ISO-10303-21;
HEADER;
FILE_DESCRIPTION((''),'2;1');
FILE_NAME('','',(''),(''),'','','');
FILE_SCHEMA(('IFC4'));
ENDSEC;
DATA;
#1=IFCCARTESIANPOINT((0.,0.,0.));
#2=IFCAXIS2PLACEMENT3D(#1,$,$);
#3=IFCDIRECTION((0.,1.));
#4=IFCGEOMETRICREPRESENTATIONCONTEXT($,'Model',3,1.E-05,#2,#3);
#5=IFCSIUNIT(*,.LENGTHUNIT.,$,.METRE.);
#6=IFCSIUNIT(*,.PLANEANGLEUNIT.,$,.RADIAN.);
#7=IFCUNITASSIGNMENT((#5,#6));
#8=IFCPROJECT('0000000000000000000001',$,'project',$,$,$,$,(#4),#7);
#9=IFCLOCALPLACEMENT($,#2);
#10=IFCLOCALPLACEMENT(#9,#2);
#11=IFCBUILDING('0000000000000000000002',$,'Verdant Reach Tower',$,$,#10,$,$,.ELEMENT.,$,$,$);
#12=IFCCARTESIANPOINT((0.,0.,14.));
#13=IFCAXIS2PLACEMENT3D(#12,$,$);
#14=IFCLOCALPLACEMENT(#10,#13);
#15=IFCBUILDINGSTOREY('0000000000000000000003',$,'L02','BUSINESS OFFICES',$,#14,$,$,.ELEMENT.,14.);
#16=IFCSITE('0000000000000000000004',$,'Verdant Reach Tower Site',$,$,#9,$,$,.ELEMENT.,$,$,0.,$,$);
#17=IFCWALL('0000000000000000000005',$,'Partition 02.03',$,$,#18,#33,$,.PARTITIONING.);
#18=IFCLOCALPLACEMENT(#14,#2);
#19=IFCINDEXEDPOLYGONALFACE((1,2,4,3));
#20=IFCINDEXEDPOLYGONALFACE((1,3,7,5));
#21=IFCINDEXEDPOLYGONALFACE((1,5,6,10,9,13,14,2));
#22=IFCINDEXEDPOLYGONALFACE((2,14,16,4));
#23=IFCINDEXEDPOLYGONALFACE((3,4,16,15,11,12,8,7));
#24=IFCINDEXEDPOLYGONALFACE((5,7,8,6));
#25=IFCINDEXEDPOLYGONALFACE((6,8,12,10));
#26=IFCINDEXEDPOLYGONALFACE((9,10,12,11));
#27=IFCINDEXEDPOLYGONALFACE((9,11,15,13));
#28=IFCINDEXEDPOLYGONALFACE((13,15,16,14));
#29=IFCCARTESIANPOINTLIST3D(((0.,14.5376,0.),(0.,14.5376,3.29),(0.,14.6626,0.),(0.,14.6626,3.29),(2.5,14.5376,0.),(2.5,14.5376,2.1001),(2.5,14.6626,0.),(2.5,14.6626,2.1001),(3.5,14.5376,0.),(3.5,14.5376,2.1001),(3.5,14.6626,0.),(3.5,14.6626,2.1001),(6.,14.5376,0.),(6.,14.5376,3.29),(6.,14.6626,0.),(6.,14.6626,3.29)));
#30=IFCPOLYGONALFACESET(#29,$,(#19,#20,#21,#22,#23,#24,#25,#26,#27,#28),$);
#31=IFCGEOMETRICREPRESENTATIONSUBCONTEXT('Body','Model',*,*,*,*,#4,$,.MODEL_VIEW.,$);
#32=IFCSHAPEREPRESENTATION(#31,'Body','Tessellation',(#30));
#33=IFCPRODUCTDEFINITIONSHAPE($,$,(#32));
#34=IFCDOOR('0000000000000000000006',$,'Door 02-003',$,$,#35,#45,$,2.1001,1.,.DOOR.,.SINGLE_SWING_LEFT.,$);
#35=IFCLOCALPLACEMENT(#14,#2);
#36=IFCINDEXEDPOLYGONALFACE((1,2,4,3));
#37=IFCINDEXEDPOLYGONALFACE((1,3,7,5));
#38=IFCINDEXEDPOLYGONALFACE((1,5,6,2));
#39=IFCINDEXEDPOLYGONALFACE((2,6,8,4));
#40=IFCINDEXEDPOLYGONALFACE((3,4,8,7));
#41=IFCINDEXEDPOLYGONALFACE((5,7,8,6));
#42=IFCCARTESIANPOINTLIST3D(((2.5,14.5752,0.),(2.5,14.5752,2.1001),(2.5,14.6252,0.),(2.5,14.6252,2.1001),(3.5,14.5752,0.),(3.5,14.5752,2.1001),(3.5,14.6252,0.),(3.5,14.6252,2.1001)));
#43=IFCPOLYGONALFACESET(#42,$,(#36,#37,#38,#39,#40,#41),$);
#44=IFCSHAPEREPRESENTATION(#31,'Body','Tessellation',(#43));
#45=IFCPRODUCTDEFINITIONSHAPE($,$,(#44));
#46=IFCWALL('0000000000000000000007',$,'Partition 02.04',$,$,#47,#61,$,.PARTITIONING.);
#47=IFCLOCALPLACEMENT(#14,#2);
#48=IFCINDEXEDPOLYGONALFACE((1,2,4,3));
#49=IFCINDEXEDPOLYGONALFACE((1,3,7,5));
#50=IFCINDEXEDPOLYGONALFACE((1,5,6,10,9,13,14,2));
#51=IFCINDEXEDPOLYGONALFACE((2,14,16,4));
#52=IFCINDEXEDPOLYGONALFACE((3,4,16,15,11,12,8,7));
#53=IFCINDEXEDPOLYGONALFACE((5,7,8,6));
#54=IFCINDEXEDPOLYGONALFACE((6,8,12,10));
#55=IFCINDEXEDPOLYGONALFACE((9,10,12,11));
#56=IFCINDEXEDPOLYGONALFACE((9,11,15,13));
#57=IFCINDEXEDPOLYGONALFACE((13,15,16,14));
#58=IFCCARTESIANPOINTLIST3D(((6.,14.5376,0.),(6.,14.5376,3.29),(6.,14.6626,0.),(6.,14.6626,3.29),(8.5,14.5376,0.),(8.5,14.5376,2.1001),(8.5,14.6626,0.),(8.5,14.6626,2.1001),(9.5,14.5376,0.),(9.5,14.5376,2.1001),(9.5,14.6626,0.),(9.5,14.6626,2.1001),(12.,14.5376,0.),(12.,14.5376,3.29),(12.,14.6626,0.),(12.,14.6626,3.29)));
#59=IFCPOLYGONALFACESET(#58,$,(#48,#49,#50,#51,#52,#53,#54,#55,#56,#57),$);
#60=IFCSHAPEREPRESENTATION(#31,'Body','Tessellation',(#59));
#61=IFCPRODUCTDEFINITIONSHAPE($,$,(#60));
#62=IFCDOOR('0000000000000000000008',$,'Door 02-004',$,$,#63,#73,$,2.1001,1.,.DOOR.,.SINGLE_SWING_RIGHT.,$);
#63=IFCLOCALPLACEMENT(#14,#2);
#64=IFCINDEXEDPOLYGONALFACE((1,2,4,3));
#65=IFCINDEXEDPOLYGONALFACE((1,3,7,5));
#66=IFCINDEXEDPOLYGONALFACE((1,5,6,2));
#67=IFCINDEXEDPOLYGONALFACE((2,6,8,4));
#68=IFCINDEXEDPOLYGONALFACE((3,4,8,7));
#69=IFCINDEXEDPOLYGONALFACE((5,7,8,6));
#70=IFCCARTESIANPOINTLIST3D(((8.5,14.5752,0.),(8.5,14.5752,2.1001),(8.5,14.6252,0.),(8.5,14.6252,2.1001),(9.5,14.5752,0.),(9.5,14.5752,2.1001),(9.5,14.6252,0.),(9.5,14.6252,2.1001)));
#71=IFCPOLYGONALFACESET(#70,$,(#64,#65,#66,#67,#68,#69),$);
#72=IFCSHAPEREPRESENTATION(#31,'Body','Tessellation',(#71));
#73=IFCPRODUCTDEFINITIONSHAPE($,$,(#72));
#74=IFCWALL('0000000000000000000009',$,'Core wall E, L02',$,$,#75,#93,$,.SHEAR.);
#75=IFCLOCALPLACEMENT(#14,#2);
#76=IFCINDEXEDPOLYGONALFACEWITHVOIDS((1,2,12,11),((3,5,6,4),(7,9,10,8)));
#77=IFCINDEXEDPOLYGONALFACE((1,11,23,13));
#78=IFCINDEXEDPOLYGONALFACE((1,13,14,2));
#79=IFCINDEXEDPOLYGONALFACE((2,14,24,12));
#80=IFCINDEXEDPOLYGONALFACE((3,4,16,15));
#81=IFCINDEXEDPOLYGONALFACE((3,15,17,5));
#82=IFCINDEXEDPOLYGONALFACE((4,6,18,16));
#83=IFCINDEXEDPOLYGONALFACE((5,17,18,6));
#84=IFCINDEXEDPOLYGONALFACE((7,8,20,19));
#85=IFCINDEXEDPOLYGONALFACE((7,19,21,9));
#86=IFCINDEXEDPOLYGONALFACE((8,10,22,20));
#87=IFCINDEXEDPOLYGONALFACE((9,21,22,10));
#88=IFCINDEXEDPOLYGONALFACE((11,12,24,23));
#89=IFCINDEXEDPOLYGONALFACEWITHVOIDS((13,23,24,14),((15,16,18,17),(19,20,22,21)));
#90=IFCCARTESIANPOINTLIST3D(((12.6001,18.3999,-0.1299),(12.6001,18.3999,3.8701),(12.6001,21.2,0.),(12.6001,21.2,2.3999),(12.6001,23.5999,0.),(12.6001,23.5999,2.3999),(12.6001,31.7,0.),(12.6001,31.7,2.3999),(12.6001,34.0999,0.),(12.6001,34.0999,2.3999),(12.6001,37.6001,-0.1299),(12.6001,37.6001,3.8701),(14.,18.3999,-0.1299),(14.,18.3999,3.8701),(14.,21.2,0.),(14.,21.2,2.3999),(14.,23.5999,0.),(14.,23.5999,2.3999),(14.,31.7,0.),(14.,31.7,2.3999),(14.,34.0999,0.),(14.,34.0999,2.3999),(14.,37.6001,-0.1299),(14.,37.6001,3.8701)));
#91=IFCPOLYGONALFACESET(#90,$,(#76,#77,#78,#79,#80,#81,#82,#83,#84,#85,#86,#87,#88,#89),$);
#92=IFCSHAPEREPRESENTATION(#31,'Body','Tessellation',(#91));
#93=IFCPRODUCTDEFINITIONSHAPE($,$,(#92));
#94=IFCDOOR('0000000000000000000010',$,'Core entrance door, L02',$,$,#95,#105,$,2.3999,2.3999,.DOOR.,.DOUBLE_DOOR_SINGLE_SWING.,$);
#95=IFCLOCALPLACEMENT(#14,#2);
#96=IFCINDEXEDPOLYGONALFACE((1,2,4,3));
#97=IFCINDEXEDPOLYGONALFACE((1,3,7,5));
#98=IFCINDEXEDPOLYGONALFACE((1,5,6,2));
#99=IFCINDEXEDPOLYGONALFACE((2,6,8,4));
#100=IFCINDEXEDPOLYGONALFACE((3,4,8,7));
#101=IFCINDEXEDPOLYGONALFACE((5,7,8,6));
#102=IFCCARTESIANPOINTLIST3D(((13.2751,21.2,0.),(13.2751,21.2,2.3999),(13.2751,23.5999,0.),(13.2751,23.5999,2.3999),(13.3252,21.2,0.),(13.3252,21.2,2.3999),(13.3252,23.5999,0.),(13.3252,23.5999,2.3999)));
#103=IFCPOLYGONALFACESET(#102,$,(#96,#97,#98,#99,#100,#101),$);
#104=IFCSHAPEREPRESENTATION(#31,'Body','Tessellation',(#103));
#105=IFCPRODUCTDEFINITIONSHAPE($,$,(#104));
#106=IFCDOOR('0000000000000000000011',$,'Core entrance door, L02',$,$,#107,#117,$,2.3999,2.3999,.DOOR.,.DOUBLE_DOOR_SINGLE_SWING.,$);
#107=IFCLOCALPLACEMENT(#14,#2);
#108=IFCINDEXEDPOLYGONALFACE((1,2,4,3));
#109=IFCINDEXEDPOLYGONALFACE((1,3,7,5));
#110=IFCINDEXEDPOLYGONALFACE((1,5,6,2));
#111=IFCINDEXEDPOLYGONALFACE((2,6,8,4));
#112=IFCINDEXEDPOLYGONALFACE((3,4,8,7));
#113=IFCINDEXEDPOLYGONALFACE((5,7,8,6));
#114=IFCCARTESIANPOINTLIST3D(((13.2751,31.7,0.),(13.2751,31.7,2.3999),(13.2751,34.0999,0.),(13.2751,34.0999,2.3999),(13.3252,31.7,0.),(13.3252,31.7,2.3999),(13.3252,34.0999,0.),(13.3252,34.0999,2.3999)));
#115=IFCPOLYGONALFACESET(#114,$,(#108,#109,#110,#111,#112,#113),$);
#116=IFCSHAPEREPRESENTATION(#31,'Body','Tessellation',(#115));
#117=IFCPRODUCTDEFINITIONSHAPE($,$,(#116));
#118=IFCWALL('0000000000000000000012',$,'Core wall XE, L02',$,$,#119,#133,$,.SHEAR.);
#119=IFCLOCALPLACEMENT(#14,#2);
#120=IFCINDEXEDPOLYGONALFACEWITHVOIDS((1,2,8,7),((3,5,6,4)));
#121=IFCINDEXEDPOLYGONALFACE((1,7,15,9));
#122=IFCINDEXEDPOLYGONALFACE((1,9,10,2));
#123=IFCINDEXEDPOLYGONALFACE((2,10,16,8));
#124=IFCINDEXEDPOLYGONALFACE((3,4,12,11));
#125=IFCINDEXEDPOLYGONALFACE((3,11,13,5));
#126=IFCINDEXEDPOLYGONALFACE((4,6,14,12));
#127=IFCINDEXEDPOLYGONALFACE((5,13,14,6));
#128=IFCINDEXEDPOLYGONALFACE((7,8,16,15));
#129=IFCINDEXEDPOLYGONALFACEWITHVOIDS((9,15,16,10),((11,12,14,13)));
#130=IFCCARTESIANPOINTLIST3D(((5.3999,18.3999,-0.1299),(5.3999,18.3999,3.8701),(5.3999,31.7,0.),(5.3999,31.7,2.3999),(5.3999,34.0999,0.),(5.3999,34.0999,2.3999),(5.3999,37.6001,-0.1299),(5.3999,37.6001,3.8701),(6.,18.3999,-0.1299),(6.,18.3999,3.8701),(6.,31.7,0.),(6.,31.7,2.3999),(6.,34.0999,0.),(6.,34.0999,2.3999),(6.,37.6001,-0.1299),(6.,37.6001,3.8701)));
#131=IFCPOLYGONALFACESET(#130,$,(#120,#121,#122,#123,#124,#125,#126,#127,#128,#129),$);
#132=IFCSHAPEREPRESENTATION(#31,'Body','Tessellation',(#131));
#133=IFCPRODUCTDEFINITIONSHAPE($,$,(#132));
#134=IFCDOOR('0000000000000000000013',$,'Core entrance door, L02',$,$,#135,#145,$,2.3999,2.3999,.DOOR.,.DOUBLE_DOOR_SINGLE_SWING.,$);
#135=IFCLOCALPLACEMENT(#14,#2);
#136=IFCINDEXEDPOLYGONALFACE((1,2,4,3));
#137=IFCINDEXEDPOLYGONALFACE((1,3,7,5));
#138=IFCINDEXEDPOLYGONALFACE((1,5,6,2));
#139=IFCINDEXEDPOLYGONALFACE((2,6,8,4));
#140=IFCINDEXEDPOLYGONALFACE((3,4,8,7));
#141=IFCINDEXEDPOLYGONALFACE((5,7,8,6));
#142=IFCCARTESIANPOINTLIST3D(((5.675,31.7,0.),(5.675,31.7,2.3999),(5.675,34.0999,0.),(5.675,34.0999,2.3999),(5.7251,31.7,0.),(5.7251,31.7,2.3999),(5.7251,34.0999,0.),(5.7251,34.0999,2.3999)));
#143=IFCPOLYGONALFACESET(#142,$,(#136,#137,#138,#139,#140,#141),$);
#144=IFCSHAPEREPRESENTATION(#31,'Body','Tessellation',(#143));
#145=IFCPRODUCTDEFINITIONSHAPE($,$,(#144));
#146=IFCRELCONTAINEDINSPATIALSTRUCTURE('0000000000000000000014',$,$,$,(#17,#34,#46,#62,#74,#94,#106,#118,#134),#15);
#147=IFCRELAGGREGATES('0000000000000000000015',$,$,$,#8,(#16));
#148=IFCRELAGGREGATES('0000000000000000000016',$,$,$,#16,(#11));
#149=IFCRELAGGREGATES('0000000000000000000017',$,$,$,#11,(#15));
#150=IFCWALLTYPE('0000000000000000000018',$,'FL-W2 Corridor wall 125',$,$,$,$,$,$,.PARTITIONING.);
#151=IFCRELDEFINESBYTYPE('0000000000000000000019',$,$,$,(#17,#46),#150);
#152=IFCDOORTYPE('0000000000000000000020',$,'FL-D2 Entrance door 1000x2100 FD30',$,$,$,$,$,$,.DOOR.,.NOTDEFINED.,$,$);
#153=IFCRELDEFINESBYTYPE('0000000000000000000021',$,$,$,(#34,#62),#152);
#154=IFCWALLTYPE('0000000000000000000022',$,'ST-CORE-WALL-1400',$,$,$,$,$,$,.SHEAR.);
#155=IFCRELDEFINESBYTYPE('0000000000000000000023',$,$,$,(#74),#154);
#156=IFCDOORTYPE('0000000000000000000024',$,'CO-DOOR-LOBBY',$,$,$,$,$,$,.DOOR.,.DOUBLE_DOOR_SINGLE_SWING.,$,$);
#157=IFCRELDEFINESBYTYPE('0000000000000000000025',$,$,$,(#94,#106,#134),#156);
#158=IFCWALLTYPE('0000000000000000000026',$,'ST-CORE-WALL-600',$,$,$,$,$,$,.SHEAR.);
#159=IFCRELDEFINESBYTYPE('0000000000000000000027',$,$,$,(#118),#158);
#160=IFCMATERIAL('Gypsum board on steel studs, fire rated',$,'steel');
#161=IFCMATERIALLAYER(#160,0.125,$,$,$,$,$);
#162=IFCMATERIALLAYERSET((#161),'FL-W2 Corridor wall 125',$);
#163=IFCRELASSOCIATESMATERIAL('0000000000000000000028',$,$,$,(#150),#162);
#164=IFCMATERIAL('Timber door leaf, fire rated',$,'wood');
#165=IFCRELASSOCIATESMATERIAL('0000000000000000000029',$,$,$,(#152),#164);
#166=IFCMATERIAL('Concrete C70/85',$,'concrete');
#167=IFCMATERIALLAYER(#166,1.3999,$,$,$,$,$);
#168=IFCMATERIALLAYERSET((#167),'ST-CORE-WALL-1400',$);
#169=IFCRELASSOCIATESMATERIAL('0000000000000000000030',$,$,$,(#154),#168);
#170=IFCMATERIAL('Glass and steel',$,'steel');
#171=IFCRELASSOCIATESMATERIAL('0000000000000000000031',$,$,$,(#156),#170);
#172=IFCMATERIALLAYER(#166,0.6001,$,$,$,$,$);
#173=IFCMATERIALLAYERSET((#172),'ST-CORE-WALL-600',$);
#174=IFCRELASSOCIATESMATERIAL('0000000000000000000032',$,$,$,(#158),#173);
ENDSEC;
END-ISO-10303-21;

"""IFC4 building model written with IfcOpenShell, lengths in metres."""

from ifc_helpers import new_model, si_unit, direction, frame, frame_2d, origin, place, context, subcontext, project, spatial, rectangle, extrude, material, layer, layer_set, type_object, element, fill, save


model = new_model("IFC4")

# Units and contexts
model_context = context("Model", 3, precision=1e-05, world=origin(), true_north=direction((0.0, 1.0)))
body_context = subcontext(model_context, "Body", "Model", "MODEL_VIEW")
ifc_project = project(units=[si_unit("LENGTHUNIT", "METRE"), si_unit("PLANEANGLEUNIT", "RADIAN")], contexts=[model_context])

# Site, building, storey
site_placement = place(None, origin())
site = spatial("IfcSite", under=ifc_project, at=site_placement, Name="Verdant Reach Tower Site", CompositionType="ELEMENT", RefElevation=0.0)
building_placement = place(site_placement, origin())
building = spatial("IfcBuilding", under=site, at=building_placement, Name="Verdant Reach Tower", CompositionType="ELEMENT")
storey_placement = place(building_placement, frame((0.0, 0.0, 14.0)))
storey = spatial("IfcBuildingStorey", under=building, at=storey_placement, Name="L02", Description="BUSINESS OFFICES", CompositionType="ELEMENT", Elevation=14.0)

# Walls, openings, doors
ifc_material_1 = material(Name="Gypsum board on steel studs, fire rated", Category="steel")
ifc_layer_1 = layer(ifc_material_1, 0.125)
ifc_layer_set_1 = layer_set([ifc_layer_1], Name="FL-W2 Corridor wall 125")
wall_type_1 = type_object("IfcWallType", Name="FL-W2 Corridor wall 125", PredefinedType="PARTITIONING", material=ifc_layer_set_1)
ifc_material_2 = material(Name="Timber door leaf, fire rated", Category="wood")
door_type_1 = type_object("IfcDoorType", Name="FL-D2 Entrance door 1000x2100 FD30", OperationType="NOTDEFINED", PredefinedType="DOOR", material=ifc_material_2)
wall_1_placement = place(storey_placement, frame((6.0, 14.6001, 0.0), z_axis=(0.0, 0.0, 1.0), x_axis=(-1.0, 0.0, 0.0)))
wall_1 = element("IfcWall", 1, at=wall_1_placement, inside=storey, type_object=wall_type_1, Name="Partition 02.03", PredefinedType="PARTITIONING", context=body_context, shape_type="SweptSolid", body=[
    extrude(rectangle(XDim=6.0, YDim=0.125, at=frame_2d((3.0, 0.0))), origin(), (0.0, 0.0, 1.0), 3.29),
])
opening_1_placement = place(wall_1_placement, frame((2.5, 0.0, 0.0)))
opening_1 = element("IfcOpeningElement", 2, at=opening_1_placement, cuts=wall_1, PredefinedType="OPENING", context=body_context, shape_type="SweptSolid", body=[
    extrude(rectangle(XDim=1.0, YDim=2.1001, at=frame_2d((0.5, 1.05))), frame((0.0, 0.0725, 0.0), z_axis=(0.0, -1.0, 0.0), x_axis=(1.0, 0.0, 0.0)), (0.0, 0.0, 1.0), 0.145),
])
door_1_placement = place(opening_1_placement, origin())
door_1 = element("IfcDoor", 3, at=door_1_placement, inside=storey, type_object=door_type_1, Name="Door 02-003", OperationType="SINGLE_SWING_LEFT", OverallHeight=2.1001, OverallWidth=1.0, PredefinedType="DOOR", context=body_context, shape_type="SweptSolid", body=[
    extrude(rectangle(XDim=1.0, YDim=2.1001, at=frame_2d((0.5, 1.05))), frame((0.0, 0.0249, 0.0), z_axis=(0.0, -1.0, 0.0), x_axis=(1.0, 0.0, 0.0)), (0.0, 0.0, 1.0), 0.05),
])
fill(opening_1, door_1)
wall_2_placement = place(storey_placement, frame((12.0, 14.6001, 0.0), z_axis=(0.0, 0.0, 1.0), x_axis=(-1.0, 0.0, 0.0)))
wall_2 = element("IfcWall", 4, at=wall_2_placement, inside=storey, type_object=wall_type_1, Name="Partition 02.04", PredefinedType="PARTITIONING", context=body_context, shape_type="SweptSolid", body=[
    extrude(rectangle(XDim=6.0, YDim=0.125, at=frame_2d((3.0, 0.0))), origin(), (0.0, 0.0, 1.0), 3.29),
])
opening_2_placement = place(wall_2_placement, frame((2.5, 0.0, 0.0)))
opening_2 = element("IfcOpeningElement", 5, at=opening_2_placement, cuts=wall_2, PredefinedType="OPENING", context=body_context, shape_type="SweptSolid", body=[
    extrude(rectangle(XDim=1.0, YDim=2.1001, at=frame_2d((0.5, 1.05))), frame((0.0, 0.0725, 0.0), z_axis=(0.0, -1.0, 0.0), x_axis=(1.0, 0.0, 0.0)), (0.0, 0.0, 1.0), 0.145),
])
door_2_placement = place(opening_2_placement, origin())
door_2 = element("IfcDoor", 6, at=door_2_placement, inside=storey, type_object=door_type_1, Name="Door 02-004", OperationType="SINGLE_SWING_RIGHT", OverallHeight=2.1001, OverallWidth=1.0, PredefinedType="DOOR", context=body_context, shape_type="SweptSolid", body=[
    extrude(rectangle(XDim=1.0, YDim=2.1001, at=frame_2d((0.5, 1.05))), frame((0.0, 0.0249, 0.0), z_axis=(0.0, -1.0, 0.0), x_axis=(1.0, 0.0, 0.0)), (0.0, 0.0, 1.0), 0.05),
])
fill(opening_2, door_2)

# Wall, openings, doors
ifc_material_3 = material(Name="Concrete C70/85", Category="concrete")
ifc_layer_2 = layer(ifc_material_3, 1.3999)
ifc_layer_set_2 = layer_set([ifc_layer_2], Name="ST-CORE-WALL-1400")
wall_type_2 = type_object("IfcWallType", Name="ST-CORE-WALL-1400", PredefinedType="SHEAR", material=ifc_layer_set_2)
wall_3_placement = place(storey_placement, frame((13.3, 18.3999, -0.1299), z_axis=(0.0, 0.0, 1.0), x_axis=(0.0, 1.0, 0.0)))
wall_3 = element("IfcWall", 7, at=wall_3_placement, inside=storey, type_object=wall_type_2, Name="Core wall E, L02", PredefinedType="SHEAR", context=body_context, shape_type="SweptSolid", body=[
    extrude(rectangle(XDim=19.2002, YDim=1.3999, at=frame_2d((9.6001, 0.0))), origin(), (0.0, 0.0, 1.0), 4.0),
])
opening_3_placement = place(wall_3_placement, frame((2.8, 0.0, 0.1299)))
opening_3 = element("IfcOpeningElement", 8, at=opening_3_placement, cuts=wall_3, PredefinedType="OPENING", context=body_context, shape_type="SweptSolid", body=[
    extrude(rectangle(XDim=2.3999, YDim=2.3999, at=frame_2d((1.2, 1.2))), frame((0.0, 0.71, 0.0), z_axis=(0.0, -1.0, 0.0), x_axis=(1.0, 0.0, 0.0)), (0.0, 0.0, 1.0), 1.4199),
])
opening_4_placement = place(wall_3_placement, frame((13.3, 0.0, 0.1299)))
opening_4 = element("IfcOpeningElement", 9, at=opening_4_placement, cuts=wall_3, PredefinedType="OPENING", context=body_context, shape_type="SweptSolid", body=[
    extrude(rectangle(XDim=2.3999, YDim=2.3999, at=frame_2d((1.2, 1.2))), frame((0.0, 0.71, 0.0), z_axis=(0.0, -1.0, 0.0), x_axis=(1.0, 0.0, 0.0)), (0.0, 0.0, 1.0), 1.4199),
])
ifc_material_4 = material(Name="Glass and steel", Category="steel")
door_type_2 = type_object("IfcDoorType", Name="CO-DOOR-LOBBY", OperationType="DOUBLE_DOOR_SINGLE_SWING", PredefinedType="DOOR", material=ifc_material_4)
door_3_placement = place(opening_3_placement, origin())
door_3 = element("IfcDoor", 10, at=door_3_placement, inside=storey, type_object=door_type_2, Name="Core entrance door, L02", OperationType="DOUBLE_DOOR_SINGLE_SWING", OverallHeight=2.3999, OverallWidth=2.3999, PredefinedType="DOOR", context=body_context, shape_type="SweptSolid", body=[
    extrude(rectangle(XDim=2.3999, YDim=2.3999, at=frame_2d((1.2, 1.2))), frame((0.0, 0.0249, 0.0), z_axis=(0.0, -1.0, 0.0), x_axis=(1.0, 0.0, 0.0)), (0.0, 0.0, 1.0), 0.05),
])
fill(opening_3, door_3)
door_4_placement = place(opening_4_placement, origin())
door_4 = element("IfcDoor", 11, at=door_4_placement, inside=storey, type_object=door_type_2, Name="Core entrance door, L02", OperationType="DOUBLE_DOOR_SINGLE_SWING", OverallHeight=2.3999, OverallWidth=2.3999, PredefinedType="DOOR", context=body_context, shape_type="SweptSolid", body=[
    extrude(rectangle(XDim=2.3999, YDim=2.3999, at=frame_2d((1.2, 1.2))), frame((0.0, 0.0249, 0.0), z_axis=(0.0, -1.0, 0.0), x_axis=(1.0, 0.0, 0.0)), (0.0, 0.0, 1.0), 0.05),
])
fill(opening_4, door_4)

# Wall, opening, door
ifc_layer_3 = layer(ifc_material_3, 0.6001)
ifc_layer_set_3 = layer_set([ifc_layer_3], Name="ST-CORE-WALL-600")
wall_type_3 = type_object("IfcWallType", Name="ST-CORE-WALL-600", PredefinedType="SHEAR", material=ifc_layer_set_3)
wall_4_placement = place(storey_placement, frame((5.7, 18.3999, -0.1299), z_axis=(0.0, 0.0, 1.0), x_axis=(0.0, 1.0, 0.0)))
wall_4 = element("IfcWall", 12, at=wall_4_placement, inside=storey, type_object=wall_type_3, Name="Core wall XE, L02", PredefinedType="SHEAR", context=body_context, shape_type="SweptSolid", body=[
    extrude(rectangle(XDim=19.2002, YDim=0.6001, at=frame_2d((9.6001, 0.0))), origin(), (0.0, 0.0, 1.0), 4.0),
])
opening_5_placement = place(wall_4_placement, frame((13.3, 0.0, 0.1299)))
opening_5 = element("IfcOpeningElement", 13, at=opening_5_placement, cuts=wall_4, PredefinedType="OPENING", context=body_context, shape_type="SweptSolid", body=[
    extrude(rectangle(XDim=2.3999, YDim=2.3999, at=frame_2d((1.2, 1.2))), frame((0.0, 0.3101, 0.0), z_axis=(0.0, -1.0, 0.0), x_axis=(1.0, 0.0, 0.0)), (0.0, 0.0, 1.0), 0.6201),
])
door_5_placement = place(opening_5_placement, origin())
door_5 = element("IfcDoor", 14, at=door_5_placement, inside=storey, type_object=door_type_2, Name="Core entrance door, L02", OperationType="DOUBLE_DOOR_SINGLE_SWING", OverallHeight=2.3999, OverallWidth=2.3999, PredefinedType="DOOR", context=body_context, shape_type="SweptSolid", body=[
    extrude(rectangle(XDim=2.3999, YDim=2.3999, at=frame_2d((1.2, 1.2))), frame((0.0, 0.0249, 0.0), z_axis=(0.0, -1.0, 0.0), x_axis=(1.0, 0.0, 0.0)), (0.0, 0.0, 1.0), 0.05),
])
fill(opening_5, door_5)

save(model, "model.ifc")
